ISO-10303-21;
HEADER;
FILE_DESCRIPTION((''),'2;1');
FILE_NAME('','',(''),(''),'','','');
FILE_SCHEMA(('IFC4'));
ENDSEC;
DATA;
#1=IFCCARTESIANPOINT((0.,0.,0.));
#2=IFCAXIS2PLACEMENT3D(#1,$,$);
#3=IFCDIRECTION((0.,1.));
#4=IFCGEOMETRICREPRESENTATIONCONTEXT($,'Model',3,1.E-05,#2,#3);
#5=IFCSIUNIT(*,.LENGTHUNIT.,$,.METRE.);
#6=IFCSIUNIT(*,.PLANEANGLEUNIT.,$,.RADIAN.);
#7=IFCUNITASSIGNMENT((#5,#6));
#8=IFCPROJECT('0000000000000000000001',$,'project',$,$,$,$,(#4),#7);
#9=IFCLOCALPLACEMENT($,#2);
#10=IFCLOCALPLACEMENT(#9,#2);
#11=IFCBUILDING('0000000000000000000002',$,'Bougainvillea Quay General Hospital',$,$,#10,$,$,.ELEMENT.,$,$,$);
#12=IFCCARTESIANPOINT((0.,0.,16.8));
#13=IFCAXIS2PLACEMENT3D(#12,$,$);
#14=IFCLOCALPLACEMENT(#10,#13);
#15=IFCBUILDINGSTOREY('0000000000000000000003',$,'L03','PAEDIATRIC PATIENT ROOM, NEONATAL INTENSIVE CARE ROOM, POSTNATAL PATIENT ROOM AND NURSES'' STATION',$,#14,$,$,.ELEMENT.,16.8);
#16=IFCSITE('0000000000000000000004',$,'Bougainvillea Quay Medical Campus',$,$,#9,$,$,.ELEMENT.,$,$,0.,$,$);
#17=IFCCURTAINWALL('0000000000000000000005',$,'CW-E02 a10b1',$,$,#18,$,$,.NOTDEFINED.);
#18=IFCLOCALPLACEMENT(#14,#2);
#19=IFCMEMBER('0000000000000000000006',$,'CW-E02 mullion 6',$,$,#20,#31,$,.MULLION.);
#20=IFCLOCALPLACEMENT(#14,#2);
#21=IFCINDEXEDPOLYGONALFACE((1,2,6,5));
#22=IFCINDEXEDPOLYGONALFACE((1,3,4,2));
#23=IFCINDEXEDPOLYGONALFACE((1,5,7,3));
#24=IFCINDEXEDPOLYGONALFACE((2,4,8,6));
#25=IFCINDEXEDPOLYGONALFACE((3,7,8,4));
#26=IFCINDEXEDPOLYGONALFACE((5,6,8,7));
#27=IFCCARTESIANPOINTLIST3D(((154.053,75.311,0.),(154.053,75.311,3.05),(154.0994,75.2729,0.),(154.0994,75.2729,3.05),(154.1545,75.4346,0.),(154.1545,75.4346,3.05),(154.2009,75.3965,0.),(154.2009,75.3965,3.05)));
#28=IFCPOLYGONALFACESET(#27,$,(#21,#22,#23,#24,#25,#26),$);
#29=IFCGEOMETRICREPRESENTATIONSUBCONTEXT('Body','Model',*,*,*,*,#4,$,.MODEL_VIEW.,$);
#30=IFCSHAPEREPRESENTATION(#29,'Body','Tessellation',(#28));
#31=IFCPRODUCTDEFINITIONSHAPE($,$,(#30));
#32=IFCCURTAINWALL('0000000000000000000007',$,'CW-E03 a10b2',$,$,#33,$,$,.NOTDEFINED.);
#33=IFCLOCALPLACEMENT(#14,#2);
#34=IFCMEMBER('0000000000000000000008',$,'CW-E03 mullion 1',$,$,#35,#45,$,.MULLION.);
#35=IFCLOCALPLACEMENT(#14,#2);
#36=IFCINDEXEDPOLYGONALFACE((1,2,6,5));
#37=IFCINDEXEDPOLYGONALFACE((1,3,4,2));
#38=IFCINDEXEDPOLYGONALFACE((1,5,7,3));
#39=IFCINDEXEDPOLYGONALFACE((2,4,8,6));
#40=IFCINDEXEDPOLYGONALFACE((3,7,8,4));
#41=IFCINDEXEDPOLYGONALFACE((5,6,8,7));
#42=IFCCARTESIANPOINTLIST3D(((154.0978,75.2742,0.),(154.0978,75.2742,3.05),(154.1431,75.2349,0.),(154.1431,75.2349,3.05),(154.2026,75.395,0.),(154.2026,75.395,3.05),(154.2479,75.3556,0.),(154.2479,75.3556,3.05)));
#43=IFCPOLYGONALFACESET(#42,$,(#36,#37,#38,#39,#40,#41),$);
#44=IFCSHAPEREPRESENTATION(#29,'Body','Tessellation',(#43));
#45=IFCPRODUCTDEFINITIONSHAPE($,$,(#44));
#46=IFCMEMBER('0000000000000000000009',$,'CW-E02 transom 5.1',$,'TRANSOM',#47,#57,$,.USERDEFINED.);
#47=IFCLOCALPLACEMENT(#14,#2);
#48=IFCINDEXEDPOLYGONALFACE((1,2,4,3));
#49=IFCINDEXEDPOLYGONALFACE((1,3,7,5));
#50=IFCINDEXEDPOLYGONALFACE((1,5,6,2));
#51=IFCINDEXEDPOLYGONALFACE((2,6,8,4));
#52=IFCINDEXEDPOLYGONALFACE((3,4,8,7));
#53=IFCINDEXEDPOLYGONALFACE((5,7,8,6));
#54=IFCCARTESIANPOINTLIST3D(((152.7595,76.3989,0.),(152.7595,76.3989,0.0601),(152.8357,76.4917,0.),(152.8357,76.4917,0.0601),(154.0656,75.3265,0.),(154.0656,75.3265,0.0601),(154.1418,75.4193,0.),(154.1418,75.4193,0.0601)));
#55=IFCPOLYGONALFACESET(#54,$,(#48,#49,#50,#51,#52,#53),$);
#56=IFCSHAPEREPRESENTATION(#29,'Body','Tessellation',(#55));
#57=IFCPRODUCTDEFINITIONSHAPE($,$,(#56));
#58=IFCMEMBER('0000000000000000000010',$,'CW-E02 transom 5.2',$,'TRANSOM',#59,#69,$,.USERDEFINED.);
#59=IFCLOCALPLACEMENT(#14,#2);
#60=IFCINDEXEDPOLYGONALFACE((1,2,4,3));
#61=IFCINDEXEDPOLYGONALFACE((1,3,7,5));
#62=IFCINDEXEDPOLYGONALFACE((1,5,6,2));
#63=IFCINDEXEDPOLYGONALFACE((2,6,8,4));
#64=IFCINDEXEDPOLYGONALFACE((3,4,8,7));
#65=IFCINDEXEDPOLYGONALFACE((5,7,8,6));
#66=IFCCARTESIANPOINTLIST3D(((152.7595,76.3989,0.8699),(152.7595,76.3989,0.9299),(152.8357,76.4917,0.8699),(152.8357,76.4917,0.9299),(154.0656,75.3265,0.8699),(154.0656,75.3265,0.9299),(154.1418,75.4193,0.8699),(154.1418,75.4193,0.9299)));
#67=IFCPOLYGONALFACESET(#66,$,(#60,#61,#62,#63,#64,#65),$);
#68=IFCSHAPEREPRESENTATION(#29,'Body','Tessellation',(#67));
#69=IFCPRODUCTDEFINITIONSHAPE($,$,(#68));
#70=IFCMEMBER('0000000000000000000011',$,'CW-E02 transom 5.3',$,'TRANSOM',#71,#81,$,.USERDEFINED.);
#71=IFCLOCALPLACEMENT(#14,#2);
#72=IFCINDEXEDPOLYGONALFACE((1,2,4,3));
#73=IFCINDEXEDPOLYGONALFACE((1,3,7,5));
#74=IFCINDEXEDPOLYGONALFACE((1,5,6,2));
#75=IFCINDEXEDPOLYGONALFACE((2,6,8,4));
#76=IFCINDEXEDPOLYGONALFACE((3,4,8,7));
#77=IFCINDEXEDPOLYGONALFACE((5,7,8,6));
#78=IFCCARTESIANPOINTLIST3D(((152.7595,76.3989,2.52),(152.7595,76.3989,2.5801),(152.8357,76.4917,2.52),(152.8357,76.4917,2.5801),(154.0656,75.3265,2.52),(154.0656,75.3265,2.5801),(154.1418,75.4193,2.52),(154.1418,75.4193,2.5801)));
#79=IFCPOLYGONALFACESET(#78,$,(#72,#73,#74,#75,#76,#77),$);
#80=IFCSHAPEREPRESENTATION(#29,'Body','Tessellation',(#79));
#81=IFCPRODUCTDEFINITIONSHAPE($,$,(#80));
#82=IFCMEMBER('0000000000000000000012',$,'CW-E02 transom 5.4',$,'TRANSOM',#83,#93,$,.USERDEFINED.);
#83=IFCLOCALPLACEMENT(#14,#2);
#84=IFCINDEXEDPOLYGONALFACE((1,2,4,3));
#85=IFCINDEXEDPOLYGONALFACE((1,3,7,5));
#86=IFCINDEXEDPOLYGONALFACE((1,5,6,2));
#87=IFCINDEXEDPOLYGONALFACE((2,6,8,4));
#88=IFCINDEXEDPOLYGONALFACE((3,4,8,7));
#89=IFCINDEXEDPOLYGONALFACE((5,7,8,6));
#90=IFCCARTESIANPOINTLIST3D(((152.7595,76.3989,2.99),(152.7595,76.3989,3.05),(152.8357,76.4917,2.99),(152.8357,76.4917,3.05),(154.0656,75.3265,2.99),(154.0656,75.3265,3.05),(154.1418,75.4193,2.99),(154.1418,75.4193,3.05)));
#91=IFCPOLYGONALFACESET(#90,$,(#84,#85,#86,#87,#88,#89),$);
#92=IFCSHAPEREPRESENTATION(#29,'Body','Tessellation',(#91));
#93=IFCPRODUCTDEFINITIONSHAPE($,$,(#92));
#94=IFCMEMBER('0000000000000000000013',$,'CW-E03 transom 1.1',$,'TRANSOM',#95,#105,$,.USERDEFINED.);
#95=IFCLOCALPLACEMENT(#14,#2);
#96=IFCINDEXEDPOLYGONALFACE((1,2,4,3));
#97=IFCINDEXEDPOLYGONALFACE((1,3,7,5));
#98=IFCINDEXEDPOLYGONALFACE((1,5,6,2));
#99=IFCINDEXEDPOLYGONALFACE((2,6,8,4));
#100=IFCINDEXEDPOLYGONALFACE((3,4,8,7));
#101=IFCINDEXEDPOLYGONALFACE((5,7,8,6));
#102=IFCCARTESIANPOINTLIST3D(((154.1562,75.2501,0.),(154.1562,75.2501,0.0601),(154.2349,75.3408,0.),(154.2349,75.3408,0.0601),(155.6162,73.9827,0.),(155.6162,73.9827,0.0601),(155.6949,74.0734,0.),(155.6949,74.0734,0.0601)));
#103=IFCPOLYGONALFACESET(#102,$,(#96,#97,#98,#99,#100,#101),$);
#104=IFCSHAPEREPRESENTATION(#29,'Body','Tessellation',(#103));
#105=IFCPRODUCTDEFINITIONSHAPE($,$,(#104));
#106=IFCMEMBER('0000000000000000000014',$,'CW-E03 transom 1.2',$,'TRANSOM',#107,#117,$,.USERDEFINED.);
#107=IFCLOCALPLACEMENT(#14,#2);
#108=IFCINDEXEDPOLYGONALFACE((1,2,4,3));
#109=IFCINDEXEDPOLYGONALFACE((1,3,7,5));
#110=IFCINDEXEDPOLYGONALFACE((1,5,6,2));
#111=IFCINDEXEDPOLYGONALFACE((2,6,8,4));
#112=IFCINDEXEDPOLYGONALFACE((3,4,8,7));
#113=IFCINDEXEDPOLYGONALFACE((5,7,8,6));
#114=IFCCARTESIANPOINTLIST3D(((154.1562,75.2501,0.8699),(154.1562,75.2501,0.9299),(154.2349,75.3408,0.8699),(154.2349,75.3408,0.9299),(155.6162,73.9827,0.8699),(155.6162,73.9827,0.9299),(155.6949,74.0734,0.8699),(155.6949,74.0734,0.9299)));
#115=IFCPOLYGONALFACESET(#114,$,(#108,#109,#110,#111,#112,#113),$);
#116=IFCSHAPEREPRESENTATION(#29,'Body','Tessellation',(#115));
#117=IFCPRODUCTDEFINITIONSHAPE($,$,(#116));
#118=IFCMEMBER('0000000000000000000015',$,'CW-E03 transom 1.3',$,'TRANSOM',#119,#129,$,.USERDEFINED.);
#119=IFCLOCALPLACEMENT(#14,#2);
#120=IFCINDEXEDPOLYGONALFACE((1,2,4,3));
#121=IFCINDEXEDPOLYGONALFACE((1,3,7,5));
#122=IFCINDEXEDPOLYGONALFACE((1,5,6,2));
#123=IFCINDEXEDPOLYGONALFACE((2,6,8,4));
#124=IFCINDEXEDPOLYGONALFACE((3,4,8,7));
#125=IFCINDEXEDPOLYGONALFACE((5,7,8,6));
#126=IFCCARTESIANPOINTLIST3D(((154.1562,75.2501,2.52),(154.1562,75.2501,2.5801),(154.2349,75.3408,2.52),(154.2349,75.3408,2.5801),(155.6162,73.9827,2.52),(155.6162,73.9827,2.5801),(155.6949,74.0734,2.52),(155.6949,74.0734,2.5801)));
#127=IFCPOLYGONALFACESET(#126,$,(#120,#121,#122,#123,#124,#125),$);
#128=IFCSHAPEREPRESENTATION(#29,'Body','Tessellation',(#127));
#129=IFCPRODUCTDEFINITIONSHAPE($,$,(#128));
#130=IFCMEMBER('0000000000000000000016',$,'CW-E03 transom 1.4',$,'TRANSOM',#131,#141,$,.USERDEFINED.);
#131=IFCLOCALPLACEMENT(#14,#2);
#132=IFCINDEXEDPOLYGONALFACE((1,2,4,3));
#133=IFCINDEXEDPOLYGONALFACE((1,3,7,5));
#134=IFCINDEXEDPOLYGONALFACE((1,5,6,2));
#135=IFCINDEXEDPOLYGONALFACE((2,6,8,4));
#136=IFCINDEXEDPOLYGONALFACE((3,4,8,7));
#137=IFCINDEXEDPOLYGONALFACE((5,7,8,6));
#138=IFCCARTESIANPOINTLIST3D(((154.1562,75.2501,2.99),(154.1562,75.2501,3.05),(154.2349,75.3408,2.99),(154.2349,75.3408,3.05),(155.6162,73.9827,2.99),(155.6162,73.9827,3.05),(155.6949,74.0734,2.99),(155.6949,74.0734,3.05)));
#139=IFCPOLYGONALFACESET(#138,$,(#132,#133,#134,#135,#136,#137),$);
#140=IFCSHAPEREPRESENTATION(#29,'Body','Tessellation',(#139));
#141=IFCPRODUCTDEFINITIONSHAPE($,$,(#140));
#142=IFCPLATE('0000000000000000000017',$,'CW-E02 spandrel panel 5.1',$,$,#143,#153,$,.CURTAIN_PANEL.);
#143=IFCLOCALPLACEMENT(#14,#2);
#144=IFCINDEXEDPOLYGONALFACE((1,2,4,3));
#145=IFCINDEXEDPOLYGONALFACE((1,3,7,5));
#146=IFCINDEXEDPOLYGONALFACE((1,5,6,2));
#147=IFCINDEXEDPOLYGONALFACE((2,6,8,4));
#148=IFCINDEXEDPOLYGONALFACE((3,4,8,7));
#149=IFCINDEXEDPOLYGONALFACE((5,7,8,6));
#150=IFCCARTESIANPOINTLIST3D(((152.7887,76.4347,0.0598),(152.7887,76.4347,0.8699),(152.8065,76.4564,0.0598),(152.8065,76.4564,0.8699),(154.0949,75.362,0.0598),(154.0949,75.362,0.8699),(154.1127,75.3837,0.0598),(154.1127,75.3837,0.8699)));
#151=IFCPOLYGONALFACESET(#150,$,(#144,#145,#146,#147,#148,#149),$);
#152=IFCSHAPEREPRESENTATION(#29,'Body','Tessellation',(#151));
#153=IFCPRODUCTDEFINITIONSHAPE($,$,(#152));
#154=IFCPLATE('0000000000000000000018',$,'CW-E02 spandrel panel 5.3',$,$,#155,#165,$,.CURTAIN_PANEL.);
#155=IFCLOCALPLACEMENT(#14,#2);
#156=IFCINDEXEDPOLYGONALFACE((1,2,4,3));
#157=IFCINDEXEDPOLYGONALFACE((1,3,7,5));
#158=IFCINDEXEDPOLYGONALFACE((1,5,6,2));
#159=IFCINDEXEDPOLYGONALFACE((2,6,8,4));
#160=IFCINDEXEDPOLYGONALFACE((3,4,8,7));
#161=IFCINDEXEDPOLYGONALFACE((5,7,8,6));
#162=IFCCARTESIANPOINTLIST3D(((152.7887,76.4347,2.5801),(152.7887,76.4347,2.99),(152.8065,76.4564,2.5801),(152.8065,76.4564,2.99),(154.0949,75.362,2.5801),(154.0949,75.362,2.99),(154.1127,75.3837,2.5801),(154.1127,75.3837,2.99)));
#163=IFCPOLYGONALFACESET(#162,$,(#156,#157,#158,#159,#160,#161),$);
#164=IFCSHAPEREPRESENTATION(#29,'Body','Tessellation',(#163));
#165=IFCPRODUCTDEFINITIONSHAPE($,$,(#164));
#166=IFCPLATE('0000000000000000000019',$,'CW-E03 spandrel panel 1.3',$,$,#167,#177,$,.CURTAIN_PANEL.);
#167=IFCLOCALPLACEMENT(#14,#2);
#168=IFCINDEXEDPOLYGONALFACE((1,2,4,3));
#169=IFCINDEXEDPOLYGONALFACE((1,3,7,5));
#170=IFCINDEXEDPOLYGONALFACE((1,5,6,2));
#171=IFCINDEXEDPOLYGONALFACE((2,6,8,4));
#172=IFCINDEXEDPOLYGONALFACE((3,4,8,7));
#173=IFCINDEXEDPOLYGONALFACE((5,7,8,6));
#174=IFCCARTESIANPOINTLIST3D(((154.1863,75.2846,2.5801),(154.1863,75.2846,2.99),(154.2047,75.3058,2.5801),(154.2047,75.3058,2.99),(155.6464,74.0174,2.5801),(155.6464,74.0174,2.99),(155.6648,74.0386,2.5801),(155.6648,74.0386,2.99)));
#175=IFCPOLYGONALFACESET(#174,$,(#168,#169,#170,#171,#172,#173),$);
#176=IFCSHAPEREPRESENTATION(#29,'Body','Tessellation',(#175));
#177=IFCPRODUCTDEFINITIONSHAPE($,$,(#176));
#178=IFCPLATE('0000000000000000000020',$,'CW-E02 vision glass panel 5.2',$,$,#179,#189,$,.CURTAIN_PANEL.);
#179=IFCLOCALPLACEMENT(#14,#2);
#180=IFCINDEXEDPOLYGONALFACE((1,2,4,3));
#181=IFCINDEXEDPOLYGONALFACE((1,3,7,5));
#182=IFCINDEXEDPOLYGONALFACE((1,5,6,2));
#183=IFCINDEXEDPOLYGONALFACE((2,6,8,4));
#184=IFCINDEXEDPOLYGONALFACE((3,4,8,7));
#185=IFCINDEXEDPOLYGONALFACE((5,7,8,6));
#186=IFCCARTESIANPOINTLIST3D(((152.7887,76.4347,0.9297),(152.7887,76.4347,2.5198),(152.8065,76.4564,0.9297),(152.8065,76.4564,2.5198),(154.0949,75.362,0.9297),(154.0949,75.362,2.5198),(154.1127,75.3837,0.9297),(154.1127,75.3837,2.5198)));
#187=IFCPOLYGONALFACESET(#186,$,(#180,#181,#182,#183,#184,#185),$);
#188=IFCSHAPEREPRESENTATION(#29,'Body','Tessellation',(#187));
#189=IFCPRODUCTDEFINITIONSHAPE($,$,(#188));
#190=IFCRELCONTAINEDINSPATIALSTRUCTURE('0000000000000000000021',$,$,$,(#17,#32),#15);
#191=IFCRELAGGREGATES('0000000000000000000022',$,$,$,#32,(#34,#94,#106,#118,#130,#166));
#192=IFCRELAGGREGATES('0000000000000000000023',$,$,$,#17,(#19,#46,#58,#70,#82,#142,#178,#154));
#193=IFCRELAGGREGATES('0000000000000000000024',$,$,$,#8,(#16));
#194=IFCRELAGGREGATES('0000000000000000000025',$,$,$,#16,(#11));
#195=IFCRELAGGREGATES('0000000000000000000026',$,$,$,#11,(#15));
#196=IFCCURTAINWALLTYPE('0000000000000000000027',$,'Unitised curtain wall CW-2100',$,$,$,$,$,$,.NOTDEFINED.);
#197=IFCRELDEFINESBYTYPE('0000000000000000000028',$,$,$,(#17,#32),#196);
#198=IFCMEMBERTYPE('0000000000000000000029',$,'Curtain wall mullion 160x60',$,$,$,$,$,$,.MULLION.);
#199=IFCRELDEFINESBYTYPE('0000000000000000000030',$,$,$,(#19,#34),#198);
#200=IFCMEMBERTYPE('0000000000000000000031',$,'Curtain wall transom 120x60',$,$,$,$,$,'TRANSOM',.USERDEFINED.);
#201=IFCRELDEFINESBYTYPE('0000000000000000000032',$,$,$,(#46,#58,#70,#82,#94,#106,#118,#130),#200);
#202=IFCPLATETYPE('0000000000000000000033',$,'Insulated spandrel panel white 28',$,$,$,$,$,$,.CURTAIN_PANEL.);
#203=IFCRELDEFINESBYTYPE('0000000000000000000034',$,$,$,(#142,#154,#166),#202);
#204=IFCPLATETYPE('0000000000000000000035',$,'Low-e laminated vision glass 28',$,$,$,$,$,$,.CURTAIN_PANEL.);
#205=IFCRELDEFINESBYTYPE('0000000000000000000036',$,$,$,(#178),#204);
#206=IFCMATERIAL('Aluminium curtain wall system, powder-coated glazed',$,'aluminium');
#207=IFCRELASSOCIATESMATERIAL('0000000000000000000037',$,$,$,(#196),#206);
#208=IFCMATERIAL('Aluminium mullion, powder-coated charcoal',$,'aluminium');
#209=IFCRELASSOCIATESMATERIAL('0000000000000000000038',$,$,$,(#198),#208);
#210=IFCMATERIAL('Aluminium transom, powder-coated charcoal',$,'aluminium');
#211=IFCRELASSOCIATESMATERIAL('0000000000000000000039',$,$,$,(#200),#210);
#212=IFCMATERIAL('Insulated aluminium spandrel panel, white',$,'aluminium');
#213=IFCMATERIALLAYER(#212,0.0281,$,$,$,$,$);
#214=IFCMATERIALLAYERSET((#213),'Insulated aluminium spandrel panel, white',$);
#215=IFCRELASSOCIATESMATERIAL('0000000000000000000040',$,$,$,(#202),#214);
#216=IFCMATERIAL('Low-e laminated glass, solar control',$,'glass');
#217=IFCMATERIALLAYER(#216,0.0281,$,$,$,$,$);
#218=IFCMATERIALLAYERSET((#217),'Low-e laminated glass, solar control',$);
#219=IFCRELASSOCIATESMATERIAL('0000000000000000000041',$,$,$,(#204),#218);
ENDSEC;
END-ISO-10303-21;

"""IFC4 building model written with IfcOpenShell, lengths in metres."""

from ifc_helpers import new_model, si_unit, direction, frame, origin, origin_2d, place, context, subcontext, project, spatial, rectangle, extrude, material, layer, layer_set, material_profile, profile_set, type_object, element, aggregate, save


model = new_model("IFC4")

# Units and contexts
model_context = context("Model", 3, precision=1e-05, world=origin(), true_north=direction((0.0, 1.0)))
body_context = subcontext(model_context, "Body", "Model", "MODEL_VIEW")
ifc_project = project(units=[si_unit("LENGTHUNIT", "METRE"), si_unit("PLANEANGLEUNIT", "RADIAN")], contexts=[model_context])

# Site, building, storey
site_placement = place(None, origin())
site = spatial("IfcSite", under=ifc_project, at=site_placement, Name="Bougainvillea Quay Medical Campus", CompositionType="ELEMENT", RefElevation=0.0)
building_placement = place(site_placement, origin())
building = spatial("IfcBuilding", under=site, at=building_placement, Name="Bougainvillea Quay General Hospital", CompositionType="ELEMENT")
storey_placement = place(building_placement, frame((0.0, 0.0, 16.8)))
storey = spatial("IfcBuildingStorey", under=building, at=storey_placement, Name="L03", Description="PAEDIATRIC PATIENT ROOM, NEONATAL INTENSIVE CARE ROOM, POSTNATAL PATIENT ROOM AND NURSES' STATION", CompositionType="ELEMENT", Elevation=16.8)

# Curtain walls, members
ifc_material_1 = material(Name="Aluminium curtain wall system, powder-coated glazed", Category="aluminium")
curtain_wall_type = type_object("IfcCurtainWallType", Name="Unitised curtain wall CW-2100", PredefinedType="NOTDEFINED", material=ifc_material_1)
curtain_wall_1_placement = place(storey_placement, origin())
curtain_wall_1 = element("IfcCurtainWall", 1, at=curtain_wall_1_placement, inside=storey, type_object=curtain_wall_type, Name="CW-E02 a10b1", PredefinedType="NOTDEFINED")
ifc_material_2 = material(Name="Aluminium mullion, powder-coated charcoal", Category="aluminium")
ifc_material_profile_1 = material_profile(ifc_material_2, rectangle(XDim=0.1599, YDim=0.0601, at=origin_2d()))
ifc_profile_set_1 = profile_set([ifc_material_profile_1], Name="Aluminium mullion, powder-coated charcoal")
member_type_1 = type_object("IfcMemberType", Name="Curtain wall mullion 160x60", PredefinedType="MULLION", material=ifc_profile_set_1)
member_1_placement = place(storey_placement, frame((154.127, 75.3538, 0.0), z_axis=(0.0, 0.0, 1.0), x_axis=(0.634633, 0.772813, 0.0)))
member_1 = element("IfcMember", 2, at=member_1_placement, type_object=member_type_1, Name="CW-E02 mullion 6", PredefinedType="MULLION", context=body_context, shape_type="SweptSolid", body=[
    extrude(rectangle(XDim=0.1599, YDim=0.0601, at=origin_2d()), origin(), (0.0, 0.0, 1.0), 3.05),
])
curtain_wall_2_placement = place(storey_placement, origin())
curtain_wall_2 = element("IfcCurtainWall", 3, at=curtain_wall_2_placement, inside=storey, type_object=curtain_wall_type, Name="CW-E03 a10b2", PredefinedType="NOTDEFINED")
member_2_placement = place(storey_placement, frame((154.1729, 75.3149, 0.0), z_axis=(0.0, 0.0, 1.0), x_axis=(0.655467, 0.755224, 0.0)))
member_2 = element("IfcMember", 4, at=member_2_placement, type_object=member_type_1, Name="CW-E03 mullion 1", PredefinedType="MULLION", context=body_context, shape_type="SweptSolid", body=[
    extrude(rectangle(XDim=0.1599, YDim=0.0601, at=origin_2d()), origin(), (0.0, 0.0, 1.0), 3.05),
])

# Members
ifc_material_3 = material(Name="Aluminium transom, powder-coated charcoal", Category="aluminium")
ifc_material_profile_2 = material_profile(ifc_material_3, rectangle(XDim=0.1201, YDim=0.0601, at=origin_2d()))
ifc_profile_set_2 = profile_set([ifc_material_profile_2], Name="Aluminium transom, powder-coated charcoal")
member_type_2 = type_object("IfcMemberType", Name="Curtain wall transom 120x60", ElementType="TRANSOM", PredefinedType="USERDEFINED", material=ifc_profile_set_2)
member_3_placement = place(storey_placement, frame((152.7976, 76.4453, 0.03), z_axis=(0.772843, -0.634598, 0.0), x_axis=(0.634598, 0.772843, 0.0)))
member_3 = element("IfcMember", 5, at=member_3_placement, type_object=member_type_2, Name="CW-E02 transom 5.1", ObjectType="TRANSOM", PredefinedType="USERDEFINED", context=body_context, shape_type="SweptSolid", body=[
    extrude(rectangle(XDim=0.1201, YDim=0.0601, at=origin_2d()), origin(), (0.0, 0.0, 1.0), 1.6899),
])
member_4_placement = place(storey_placement, frame((152.7976, 76.4453, 0.8999), z_axis=(0.772843, -0.634598, 0.0), x_axis=(0.634598, 0.772843, 0.0)))
member_4 = element("IfcMember", 6, at=member_4_placement, type_object=member_type_2, Name="CW-E02 transom 5.2", ObjectType="TRANSOM", PredefinedType="USERDEFINED", context=body_context, shape_type="SweptSolid", body=[
    extrude(rectangle(XDim=0.1201, YDim=0.0601, at=origin_2d()), origin(), (0.0, 0.0, 1.0), 1.6899),
])
member_5_placement = place(storey_placement, frame((152.7976, 76.4453, 2.55), z_axis=(0.772843, -0.634598, 0.0), x_axis=(0.634598, 0.772843, 0.0)))
member_5 = element("IfcMember", 7, at=member_5_placement, type_object=member_type_2, Name="CW-E02 transom 5.3", ObjectType="TRANSOM", PredefinedType="USERDEFINED", context=body_context, shape_type="SweptSolid", body=[
    extrude(rectangle(XDim=0.1201, YDim=0.0601, at=origin_2d()), origin(), (0.0, 0.0, 1.0), 1.6899),
])
member_6_placement = place(storey_placement, frame((152.7976, 76.4453, 3.02), z_axis=(0.772843, -0.634598, 0.0), x_axis=(0.634598, 0.772843, 0.0)))
member_6 = element("IfcMember", 8, at=member_6_placement, type_object=member_type_2, Name="CW-E02 transom 5.4", ObjectType="TRANSOM", PredefinedType="USERDEFINED", context=body_context, shape_type="SweptSolid", body=[
    extrude(rectangle(XDim=0.1201, YDim=0.0601, at=origin_2d()), origin(), (0.0, 0.0, 1.0), 1.6899),
])
member_7_placement = place(storey_placement, frame((154.1956, 75.2954, 0.03), z_axis=(0.755168, -0.655531, 0.0), x_axis=(0.655531, 0.755168, 0.0)))
member_7 = element("IfcMember", 9, at=member_7_placement, type_object=member_type_2, Name="CW-E03 transom 1.1", ObjectType="TRANSOM", PredefinedType="USERDEFINED", context=body_context, shape_type="SweptSolid", body=[
    extrude(rectangle(XDim=0.1201, YDim=0.0601, at=origin_2d()), origin(), (0.0, 0.0, 1.0), 1.9333),
])
member_8_placement = place(storey_placement, frame((154.1956, 75.2954, 0.8999), z_axis=(0.755168, -0.655531, 0.0), x_axis=(0.655531, 0.755168, 0.0)))
member_8 = element("IfcMember", 10, at=member_8_placement, type_object=member_type_2, Name="CW-E03 transom 1.2", ObjectType="TRANSOM", PredefinedType="USERDEFINED", context=body_context, shape_type="SweptSolid", body=[
    extrude(rectangle(XDim=0.1201, YDim=0.0601, at=origin_2d()), origin(), (0.0, 0.0, 1.0), 1.9333),
])
member_9_placement = place(storey_placement, frame((154.1956, 75.2954, 2.55), z_axis=(0.755168, -0.655531, 0.0), x_axis=(0.655531, 0.755168, 0.0)))
member_9 = element("IfcMember", 11, at=member_9_placement, type_object=member_type_2, Name="CW-E03 transom 1.3", ObjectType="TRANSOM", PredefinedType="USERDEFINED", context=body_context, shape_type="SweptSolid", body=[
    extrude(rectangle(XDim=0.1201, YDim=0.0601, at=origin_2d()), origin(), (0.0, 0.0, 1.0), 1.9333),
])
member_10_placement = place(storey_placement, frame((154.1956, 75.2954, 3.02), z_axis=(0.755168, -0.655531, 0.0), x_axis=(0.655531, 0.755168, 0.0)))
member_10 = element("IfcMember", 12, at=member_10_placement, type_object=member_type_2, Name="CW-E03 transom 1.4", ObjectType="TRANSOM", PredefinedType="USERDEFINED", context=body_context, shape_type="SweptSolid", body=[
    extrude(rectangle(XDim=0.1201, YDim=0.0601, at=origin_2d()), origin(), (0.0, 0.0, 1.0), 1.9333),
])

# Plates
ifc_material_4 = material(Name="Insulated aluminium spandrel panel, white", Category="aluminium")
ifc_layer_1 = layer(ifc_material_4, 0.0281)
ifc_layer_set_1 = layer_set([ifc_layer_1], Name="Insulated aluminium spandrel panel, white")
plate_type_1 = type_object("IfcPlateType", Name="Insulated spandrel panel white 28", PredefinedType="CURTAIN_PANEL", material=ifc_layer_set_1)
plate_1_placement = place(storey_placement, frame((153.4507, 75.9092, 0.0598), z_axis=(0.0, 0.0, 1.0), x_axis=(0.772813, -0.634633, 0.0)))
plate_1 = element("IfcPlate", 13, at=plate_1_placement, type_object=plate_type_1, Name="CW-E02 spandrel panel 5.1", PredefinedType="CURTAIN_PANEL", context=body_context, shape_type="SweptSolid", body=[
    extrude(rectangle(XDim=1.6902, YDim=0.0281, at=origin_2d()), origin(), (0.0, 0.0, 1.0), 0.8101),
])
plate_2_placement = place(storey_placement, frame((153.4507, 75.9092, 2.5801), z_axis=(0.0, 0.0, 1.0), x_axis=(0.772813, -0.634633, 0.0)))
plate_2 = element("IfcPlate", 14, at=plate_2_placement, type_object=plate_type_1, Name="CW-E02 spandrel panel 5.3", PredefinedType="CURTAIN_PANEL", context=body_context, shape_type="SweptSolid", body=[
    extrude(rectangle(XDim=1.6902, YDim=0.0281, at=origin_2d()), origin(), (0.0, 0.0, 1.0), 0.4099),
])
plate_3_placement = place(storey_placement, frame((154.9255, 74.6616, 2.5801), z_axis=(0.0, 0.0, 1.0), x_axis=(0.755224, -0.655467, 0.0)))
plate_3 = element("IfcPlate", 15, at=plate_3_placement, type_object=plate_type_1, Name="CW-E03 spandrel panel 1.3", PredefinedType="CURTAIN_PANEL", context=body_context, shape_type="SweptSolid", body=[
    extrude(rectangle(XDim=1.9333, YDim=0.0281, at=origin_2d()), origin(), (0.0, 0.0, 1.0), 0.4099),
])
aggregate(curtain_wall_2, [member_2, member_7, member_8, member_9, member_10, plate_3])
ifc_material_5 = material(Name="Low-e laminated glass, solar control", Category="glass")
ifc_layer_2 = layer(ifc_material_5, 0.0281)
ifc_layer_set_2 = layer_set([ifc_layer_2], Name="Low-e laminated glass, solar control")
plate_type_2 = type_object("IfcPlateType", Name="Low-e laminated vision glass 28", PredefinedType="CURTAIN_PANEL", material=ifc_layer_set_2)
plate_4_placement = place(storey_placement, frame((153.4507, 75.9092, 0.9297), z_axis=(0.0, 0.0, 1.0), x_axis=(0.772813, -0.634633, 0.0)))
plate_4 = element("IfcPlate", 16, at=plate_4_placement, type_object=plate_type_2, Name="CW-E02 vision glass panel 5.2", PredefinedType="CURTAIN_PANEL", context=body_context, shape_type="SweptSolid", body=[
    extrude(rectangle(XDim=1.6902, YDim=0.0281, at=origin_2d()), origin(), (0.0, 0.0, 1.0), 1.5901),
])
aggregate(curtain_wall_1, [member_1, member_3, member_4, member_5, member_6, plate_1, plate_4, plate_2])

save(model, "model.ifc")
